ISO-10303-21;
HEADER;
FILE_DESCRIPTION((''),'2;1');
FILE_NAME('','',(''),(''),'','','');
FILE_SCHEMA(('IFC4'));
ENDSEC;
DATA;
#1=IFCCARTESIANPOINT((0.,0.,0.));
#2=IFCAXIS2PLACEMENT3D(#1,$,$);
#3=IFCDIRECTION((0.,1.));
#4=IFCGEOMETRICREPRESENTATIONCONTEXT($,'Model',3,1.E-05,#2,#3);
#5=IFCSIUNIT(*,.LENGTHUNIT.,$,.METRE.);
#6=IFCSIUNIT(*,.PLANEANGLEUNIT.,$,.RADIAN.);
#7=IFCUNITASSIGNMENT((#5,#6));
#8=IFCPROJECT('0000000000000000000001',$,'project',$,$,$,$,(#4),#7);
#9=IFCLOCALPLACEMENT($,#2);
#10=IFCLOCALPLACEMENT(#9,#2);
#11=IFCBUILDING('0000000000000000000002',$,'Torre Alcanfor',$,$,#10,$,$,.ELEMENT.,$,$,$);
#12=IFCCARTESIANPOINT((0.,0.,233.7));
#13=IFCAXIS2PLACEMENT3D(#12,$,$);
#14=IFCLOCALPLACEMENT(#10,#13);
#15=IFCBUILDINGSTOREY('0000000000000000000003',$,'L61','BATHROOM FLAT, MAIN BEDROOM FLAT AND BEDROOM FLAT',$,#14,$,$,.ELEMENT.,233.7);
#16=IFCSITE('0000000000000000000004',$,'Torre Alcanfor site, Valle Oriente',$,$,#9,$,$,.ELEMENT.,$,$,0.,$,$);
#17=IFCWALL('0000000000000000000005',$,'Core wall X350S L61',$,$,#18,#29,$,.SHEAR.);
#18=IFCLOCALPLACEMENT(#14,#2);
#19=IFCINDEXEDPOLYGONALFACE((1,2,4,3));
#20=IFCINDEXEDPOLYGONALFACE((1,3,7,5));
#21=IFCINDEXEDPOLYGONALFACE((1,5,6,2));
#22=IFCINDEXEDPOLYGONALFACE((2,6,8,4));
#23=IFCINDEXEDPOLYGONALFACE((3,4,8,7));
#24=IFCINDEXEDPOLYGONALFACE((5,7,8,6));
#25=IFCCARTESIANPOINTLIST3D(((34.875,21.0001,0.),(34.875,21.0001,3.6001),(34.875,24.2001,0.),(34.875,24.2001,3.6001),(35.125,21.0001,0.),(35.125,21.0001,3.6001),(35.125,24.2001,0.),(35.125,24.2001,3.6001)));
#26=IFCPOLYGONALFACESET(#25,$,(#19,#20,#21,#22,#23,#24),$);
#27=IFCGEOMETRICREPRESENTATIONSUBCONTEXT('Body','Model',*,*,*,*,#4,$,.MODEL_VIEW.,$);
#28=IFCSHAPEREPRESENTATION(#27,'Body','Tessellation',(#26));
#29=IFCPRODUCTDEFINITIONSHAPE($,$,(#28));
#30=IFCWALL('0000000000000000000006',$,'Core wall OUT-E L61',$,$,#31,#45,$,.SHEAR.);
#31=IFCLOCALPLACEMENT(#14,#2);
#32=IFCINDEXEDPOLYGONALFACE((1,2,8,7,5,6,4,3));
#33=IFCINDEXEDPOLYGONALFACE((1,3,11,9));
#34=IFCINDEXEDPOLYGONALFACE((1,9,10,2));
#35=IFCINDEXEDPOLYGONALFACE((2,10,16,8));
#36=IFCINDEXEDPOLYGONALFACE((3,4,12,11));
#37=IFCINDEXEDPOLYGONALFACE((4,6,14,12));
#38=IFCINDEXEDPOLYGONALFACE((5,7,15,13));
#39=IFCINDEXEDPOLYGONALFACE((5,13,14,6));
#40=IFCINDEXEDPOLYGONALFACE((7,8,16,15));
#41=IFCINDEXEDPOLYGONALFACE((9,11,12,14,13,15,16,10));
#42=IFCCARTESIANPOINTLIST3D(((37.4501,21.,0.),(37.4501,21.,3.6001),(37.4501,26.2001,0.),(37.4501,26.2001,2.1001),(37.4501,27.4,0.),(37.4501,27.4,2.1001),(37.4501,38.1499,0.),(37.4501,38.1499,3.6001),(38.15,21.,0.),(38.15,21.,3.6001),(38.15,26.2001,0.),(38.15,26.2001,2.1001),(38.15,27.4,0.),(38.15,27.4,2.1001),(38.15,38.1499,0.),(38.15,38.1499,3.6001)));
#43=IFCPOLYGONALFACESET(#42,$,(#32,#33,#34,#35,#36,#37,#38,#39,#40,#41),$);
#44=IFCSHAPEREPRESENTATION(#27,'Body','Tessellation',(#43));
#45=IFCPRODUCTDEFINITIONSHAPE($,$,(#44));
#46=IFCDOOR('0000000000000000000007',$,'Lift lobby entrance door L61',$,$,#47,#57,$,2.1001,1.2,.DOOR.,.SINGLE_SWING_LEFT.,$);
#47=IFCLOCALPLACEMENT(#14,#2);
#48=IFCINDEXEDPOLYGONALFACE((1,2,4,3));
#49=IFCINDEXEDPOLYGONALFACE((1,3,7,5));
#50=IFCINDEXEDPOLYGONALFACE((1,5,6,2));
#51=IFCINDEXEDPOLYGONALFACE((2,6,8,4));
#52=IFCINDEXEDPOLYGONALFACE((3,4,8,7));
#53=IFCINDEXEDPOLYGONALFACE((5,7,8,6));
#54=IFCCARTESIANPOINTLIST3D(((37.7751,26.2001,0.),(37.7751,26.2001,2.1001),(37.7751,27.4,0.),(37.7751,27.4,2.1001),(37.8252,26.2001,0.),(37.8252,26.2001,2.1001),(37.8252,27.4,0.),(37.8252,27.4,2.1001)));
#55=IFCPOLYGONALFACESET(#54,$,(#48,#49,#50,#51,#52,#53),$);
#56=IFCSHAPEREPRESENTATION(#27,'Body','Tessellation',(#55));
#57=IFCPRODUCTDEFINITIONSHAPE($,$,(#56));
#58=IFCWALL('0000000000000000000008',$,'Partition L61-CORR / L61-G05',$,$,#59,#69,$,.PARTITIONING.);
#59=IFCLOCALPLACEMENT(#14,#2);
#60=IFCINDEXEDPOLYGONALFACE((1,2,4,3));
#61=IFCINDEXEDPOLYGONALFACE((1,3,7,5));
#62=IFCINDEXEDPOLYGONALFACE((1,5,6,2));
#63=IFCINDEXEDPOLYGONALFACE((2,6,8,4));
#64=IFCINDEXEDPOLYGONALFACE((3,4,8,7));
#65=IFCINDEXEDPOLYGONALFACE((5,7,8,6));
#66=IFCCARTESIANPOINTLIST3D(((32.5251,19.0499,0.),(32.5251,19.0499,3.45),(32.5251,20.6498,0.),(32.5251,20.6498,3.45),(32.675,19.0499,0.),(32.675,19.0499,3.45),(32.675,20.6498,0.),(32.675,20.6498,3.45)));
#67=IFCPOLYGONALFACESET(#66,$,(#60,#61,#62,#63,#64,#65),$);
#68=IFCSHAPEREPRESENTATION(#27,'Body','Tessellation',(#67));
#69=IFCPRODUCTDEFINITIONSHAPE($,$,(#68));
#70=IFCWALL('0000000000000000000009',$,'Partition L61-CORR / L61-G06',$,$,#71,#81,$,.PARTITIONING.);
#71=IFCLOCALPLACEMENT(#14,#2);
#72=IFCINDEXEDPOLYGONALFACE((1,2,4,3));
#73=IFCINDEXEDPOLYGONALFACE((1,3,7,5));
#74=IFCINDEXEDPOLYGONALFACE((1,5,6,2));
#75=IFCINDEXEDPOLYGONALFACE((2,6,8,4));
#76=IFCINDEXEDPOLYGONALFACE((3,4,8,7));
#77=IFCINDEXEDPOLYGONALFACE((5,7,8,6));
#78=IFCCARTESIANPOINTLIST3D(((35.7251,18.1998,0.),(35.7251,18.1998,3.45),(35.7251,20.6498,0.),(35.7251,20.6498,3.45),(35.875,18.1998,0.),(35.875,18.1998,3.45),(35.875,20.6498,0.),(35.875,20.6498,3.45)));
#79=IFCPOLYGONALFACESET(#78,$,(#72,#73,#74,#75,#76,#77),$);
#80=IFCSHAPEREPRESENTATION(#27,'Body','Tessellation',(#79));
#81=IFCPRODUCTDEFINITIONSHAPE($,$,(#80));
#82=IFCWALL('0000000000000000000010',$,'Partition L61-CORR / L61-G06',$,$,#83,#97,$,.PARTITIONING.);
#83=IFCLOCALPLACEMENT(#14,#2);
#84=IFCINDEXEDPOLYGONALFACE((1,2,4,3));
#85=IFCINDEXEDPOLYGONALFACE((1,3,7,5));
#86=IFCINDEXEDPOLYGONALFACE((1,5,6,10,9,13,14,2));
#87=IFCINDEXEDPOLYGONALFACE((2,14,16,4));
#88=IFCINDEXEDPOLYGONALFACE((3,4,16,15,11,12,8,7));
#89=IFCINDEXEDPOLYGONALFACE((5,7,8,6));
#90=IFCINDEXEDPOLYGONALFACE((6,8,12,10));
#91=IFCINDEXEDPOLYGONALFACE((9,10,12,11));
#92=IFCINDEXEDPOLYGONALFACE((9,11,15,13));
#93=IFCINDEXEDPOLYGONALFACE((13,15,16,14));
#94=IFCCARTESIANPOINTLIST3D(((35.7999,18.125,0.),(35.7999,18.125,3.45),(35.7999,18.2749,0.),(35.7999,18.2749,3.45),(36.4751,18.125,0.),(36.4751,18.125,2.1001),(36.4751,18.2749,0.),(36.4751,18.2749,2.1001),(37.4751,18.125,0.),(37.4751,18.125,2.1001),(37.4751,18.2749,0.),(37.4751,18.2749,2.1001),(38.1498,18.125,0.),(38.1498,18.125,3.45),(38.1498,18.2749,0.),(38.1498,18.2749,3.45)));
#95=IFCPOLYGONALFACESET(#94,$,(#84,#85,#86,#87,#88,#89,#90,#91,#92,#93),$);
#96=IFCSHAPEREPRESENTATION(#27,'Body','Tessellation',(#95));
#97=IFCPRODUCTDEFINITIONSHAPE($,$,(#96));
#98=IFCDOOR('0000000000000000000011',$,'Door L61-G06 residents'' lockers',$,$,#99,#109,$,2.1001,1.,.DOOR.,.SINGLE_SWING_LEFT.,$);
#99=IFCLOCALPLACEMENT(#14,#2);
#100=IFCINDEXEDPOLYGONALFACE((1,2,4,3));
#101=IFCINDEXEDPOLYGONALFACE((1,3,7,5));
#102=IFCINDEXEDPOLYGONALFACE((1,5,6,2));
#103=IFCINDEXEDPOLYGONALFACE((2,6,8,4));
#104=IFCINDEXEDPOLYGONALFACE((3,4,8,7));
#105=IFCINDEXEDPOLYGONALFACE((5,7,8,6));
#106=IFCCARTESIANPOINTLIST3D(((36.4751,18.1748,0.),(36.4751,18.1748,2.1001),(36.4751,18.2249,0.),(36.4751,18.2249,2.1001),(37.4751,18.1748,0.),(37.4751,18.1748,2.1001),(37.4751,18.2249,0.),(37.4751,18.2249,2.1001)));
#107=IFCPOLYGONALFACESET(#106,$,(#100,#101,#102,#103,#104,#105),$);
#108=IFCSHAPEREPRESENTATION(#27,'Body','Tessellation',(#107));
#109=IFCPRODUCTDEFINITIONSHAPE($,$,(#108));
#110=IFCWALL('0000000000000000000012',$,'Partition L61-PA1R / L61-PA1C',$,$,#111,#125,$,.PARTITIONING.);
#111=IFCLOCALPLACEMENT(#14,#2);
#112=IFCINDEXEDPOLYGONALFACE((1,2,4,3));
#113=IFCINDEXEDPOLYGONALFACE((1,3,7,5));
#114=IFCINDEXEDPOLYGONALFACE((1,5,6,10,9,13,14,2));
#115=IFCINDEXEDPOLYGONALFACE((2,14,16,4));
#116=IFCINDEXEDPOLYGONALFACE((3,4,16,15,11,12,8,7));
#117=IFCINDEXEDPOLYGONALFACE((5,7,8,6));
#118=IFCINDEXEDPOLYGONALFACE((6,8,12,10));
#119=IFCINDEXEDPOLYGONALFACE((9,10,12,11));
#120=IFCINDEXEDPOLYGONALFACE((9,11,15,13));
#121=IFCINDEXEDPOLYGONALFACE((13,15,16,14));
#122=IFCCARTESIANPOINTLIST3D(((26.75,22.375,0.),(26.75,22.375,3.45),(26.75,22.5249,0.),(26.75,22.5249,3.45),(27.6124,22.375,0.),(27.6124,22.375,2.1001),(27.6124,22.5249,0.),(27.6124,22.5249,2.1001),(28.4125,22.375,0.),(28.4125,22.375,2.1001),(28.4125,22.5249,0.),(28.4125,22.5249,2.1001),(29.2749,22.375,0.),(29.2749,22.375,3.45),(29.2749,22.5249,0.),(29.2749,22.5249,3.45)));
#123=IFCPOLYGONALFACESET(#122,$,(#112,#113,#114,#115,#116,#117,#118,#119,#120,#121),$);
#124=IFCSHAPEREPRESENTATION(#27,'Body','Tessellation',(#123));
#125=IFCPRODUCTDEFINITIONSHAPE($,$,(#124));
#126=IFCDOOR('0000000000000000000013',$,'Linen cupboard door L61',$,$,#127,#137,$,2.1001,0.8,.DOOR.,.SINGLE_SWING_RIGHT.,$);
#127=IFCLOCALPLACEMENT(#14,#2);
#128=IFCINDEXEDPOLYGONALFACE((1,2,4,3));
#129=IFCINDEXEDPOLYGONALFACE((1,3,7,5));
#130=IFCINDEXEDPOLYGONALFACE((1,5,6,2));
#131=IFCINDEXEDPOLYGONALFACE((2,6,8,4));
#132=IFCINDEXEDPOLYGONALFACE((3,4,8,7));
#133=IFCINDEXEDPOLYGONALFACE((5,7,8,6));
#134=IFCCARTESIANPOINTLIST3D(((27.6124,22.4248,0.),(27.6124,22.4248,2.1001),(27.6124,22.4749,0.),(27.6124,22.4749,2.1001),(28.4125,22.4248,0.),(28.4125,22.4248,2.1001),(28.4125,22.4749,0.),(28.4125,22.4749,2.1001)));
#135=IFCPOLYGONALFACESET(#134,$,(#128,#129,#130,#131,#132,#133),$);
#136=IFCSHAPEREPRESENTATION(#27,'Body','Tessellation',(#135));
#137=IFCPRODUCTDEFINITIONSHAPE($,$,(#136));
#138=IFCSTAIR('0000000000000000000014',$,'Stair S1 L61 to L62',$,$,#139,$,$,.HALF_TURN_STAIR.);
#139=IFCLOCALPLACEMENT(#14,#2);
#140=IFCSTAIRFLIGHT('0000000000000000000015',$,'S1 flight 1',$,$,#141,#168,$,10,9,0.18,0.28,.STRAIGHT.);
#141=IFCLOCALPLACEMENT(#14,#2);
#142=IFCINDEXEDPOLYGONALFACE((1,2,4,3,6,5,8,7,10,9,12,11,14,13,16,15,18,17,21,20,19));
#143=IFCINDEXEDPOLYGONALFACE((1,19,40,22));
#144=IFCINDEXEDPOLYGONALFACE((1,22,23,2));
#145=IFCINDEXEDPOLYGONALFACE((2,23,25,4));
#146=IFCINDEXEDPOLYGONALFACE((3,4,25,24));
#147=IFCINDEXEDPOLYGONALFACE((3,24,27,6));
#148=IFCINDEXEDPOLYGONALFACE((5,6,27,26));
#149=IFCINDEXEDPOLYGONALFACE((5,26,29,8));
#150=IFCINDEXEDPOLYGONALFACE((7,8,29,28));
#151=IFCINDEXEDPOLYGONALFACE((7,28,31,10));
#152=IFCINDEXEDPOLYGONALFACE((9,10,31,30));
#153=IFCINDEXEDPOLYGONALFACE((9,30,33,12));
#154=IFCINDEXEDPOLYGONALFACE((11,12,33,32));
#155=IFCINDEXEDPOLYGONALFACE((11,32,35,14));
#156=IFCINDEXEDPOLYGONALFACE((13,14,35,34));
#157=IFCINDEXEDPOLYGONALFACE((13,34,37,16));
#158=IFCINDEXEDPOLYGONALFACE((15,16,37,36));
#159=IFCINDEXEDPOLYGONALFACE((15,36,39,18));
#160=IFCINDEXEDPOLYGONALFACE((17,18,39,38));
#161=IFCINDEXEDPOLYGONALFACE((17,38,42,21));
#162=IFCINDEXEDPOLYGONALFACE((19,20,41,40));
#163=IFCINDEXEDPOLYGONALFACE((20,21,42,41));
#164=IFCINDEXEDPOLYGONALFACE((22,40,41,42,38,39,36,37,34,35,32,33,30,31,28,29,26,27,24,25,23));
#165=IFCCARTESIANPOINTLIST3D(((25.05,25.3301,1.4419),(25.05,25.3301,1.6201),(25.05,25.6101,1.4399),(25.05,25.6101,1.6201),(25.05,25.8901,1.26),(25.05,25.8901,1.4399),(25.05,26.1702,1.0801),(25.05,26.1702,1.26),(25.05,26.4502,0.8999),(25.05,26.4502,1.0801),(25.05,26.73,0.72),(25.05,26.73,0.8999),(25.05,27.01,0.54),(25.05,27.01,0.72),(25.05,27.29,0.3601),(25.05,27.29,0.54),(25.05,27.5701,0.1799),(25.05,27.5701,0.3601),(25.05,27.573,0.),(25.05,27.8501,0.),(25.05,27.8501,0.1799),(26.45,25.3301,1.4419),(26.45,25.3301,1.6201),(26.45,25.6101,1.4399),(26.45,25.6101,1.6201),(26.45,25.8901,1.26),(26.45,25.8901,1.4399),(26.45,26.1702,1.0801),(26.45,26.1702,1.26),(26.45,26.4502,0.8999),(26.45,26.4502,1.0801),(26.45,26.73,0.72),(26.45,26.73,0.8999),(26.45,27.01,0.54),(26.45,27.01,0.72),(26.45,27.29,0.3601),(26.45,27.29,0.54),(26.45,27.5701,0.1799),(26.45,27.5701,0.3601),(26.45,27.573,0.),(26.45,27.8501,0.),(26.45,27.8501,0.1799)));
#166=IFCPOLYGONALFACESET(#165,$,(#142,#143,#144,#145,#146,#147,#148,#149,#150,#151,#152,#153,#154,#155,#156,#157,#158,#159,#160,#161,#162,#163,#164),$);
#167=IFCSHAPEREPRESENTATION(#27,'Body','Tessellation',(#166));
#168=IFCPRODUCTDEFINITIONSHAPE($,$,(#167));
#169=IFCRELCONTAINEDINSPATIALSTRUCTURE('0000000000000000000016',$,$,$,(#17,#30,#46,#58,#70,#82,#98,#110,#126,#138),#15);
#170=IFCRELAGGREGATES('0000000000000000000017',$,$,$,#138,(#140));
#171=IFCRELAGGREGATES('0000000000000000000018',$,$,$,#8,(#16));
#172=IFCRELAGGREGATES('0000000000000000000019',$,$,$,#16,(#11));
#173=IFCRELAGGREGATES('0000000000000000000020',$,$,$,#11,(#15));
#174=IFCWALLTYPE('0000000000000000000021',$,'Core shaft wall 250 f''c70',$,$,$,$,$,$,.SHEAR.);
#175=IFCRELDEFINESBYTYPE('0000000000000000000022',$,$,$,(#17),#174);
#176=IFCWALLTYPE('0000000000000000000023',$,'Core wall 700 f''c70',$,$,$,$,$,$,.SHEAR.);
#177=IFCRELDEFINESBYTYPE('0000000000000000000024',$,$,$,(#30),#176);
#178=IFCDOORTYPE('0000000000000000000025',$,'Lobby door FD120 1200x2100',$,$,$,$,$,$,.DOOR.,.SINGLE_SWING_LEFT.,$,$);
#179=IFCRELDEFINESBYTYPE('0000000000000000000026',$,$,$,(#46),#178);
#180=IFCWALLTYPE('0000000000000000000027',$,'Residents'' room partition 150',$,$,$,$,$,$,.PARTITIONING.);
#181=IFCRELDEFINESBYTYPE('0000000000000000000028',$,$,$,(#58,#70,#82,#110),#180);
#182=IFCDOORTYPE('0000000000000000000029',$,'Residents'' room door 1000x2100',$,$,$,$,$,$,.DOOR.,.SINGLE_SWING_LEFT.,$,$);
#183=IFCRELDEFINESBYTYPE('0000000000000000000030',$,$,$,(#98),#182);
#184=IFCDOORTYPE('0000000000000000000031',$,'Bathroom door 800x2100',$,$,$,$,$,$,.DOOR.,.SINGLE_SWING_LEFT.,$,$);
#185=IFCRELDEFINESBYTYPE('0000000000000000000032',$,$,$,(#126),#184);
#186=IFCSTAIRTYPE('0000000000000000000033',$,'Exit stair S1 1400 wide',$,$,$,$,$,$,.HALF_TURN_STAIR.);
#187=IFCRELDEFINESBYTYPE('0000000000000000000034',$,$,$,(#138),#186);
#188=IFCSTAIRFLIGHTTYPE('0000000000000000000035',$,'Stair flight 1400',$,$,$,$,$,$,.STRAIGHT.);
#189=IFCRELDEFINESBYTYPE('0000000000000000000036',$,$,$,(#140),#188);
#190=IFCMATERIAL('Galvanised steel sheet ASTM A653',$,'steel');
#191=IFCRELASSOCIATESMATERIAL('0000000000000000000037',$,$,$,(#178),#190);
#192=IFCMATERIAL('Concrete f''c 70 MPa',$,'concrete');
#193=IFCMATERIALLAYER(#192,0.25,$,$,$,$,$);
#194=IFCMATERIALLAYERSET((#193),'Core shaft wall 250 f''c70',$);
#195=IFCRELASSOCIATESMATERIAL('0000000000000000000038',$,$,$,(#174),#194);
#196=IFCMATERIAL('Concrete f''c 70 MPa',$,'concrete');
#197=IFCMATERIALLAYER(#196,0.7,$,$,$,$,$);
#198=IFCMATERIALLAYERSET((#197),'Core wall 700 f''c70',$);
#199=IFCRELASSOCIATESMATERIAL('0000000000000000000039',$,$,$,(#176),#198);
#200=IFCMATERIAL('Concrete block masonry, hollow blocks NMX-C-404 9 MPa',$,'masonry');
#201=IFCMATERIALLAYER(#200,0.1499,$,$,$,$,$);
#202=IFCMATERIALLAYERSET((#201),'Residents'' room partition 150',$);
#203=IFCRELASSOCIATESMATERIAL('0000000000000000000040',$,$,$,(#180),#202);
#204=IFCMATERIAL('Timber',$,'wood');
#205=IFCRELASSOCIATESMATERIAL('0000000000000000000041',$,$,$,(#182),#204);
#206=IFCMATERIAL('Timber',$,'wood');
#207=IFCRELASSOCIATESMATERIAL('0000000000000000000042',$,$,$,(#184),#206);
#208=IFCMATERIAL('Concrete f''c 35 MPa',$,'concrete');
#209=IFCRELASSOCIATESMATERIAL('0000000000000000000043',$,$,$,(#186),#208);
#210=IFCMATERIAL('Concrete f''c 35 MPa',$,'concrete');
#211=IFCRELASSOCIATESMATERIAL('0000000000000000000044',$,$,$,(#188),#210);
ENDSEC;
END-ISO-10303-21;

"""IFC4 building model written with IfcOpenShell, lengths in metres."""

from ifc_helpers import new_model, si_unit, direction, frame, frame_2d, origin, place, context, subcontext, project, spatial, polyline, rectangle, outline, extrude, material, layer, layer_set, type_object, element, fill, aggregate, save


model = new_model("IFC4")

# Units and contexts
model_context = context("Model", 3, precision=1e-05, world=origin(), true_north=direction((0.0, 1.0)))
body_context = subcontext(model_context, "Body", "Model", "MODEL_VIEW")
ifc_project = project(units=[si_unit("LENGTHUNIT", "METRE"), si_unit("PLANEANGLEUNIT", "RADIAN")], contexts=[model_context])

# Site, building, storey
site_placement = place(None, origin())
site = spatial("IfcSite", under=ifc_project, at=site_placement, Name="Torre Alcanfor site, Valle Oriente", CompositionType="ELEMENT", RefElevation=0.0)
building_placement = place(site_placement, origin())
building = spatial("IfcBuilding", under=site, at=building_placement, Name="Torre Alcanfor", CompositionType="ELEMENT")
storey_placement = place(building_placement, frame((0.0, 0.0, 233.7)))
storey = spatial("IfcBuildingStorey", under=building, at=storey_placement, Name="L61", Description="BATHROOM FLAT, MAIN BEDROOM FLAT AND BEDROOM FLAT", CompositionType="ELEMENT", Elevation=233.7)

# Shared definitions
ifc_material_1 = material(Name="Galvanised steel sheet ASTM A653", Category="steel")
door_type_1 = type_object("IfcDoorType", Name="Lobby door FD120 1200x2100", OperationType="SINGLE_SWING_LEFT", PredefinedType="DOOR", material=ifc_material_1)

# Wall
ifc_material_2 = material(Name="Concrete f'c 70 MPa", Category="concrete")
ifc_layer_1 = layer(ifc_material_2, 0.25)
ifc_layer_set_1 = layer_set([ifc_layer_1], Name="Core shaft wall 250 f'c70")
wall_type_1 = type_object("IfcWallType", Name="Core shaft wall 250 f'c70", PredefinedType="SHEAR", material=ifc_layer_set_1)
for number, where, z_axis, x_axis, name in (
    (1, (35.0, 21.0, 0.0), (0.0, 0.0, 1.0), (0.0, 1.0, 0.0), "Core wall X350S L61"),
):
    element("IfcWall", number, at=place(storey_placement, frame(where, z_axis=z_axis, x_axis=x_axis)), inside=storey, type_object=wall_type_1, Name=name, PredefinedType="SHEAR", context=body_context, shape_type="SweptSolid", body=[
        extrude(rectangle(XDim=3.2, YDim=0.25, at=frame_2d((1.6001, 0.0))), origin(), (0.0, 0.0, 1.0), 3.6001),
    ])

# Wall, opening, door
ifc_material_3 = material(Name="Concrete f'c 70 MPa", Category="concrete")
ifc_layer_2 = layer(ifc_material_3, 0.7)
ifc_layer_set_2 = layer_set([ifc_layer_2], Name="Core wall 700 f'c70")
wall_type_2 = type_object("IfcWallType", Name="Core wall 700 f'c70", PredefinedType="SHEAR", material=ifc_layer_set_2)
wall_1_placement = place(storey_placement, frame((37.8, 21.0, 0.0), z_axis=(0.0, 0.0, 1.0), x_axis=(0.0, 1.0, 0.0)))
wall_1 = element("IfcWall", 2, at=wall_1_placement, inside=storey, type_object=wall_type_2, Name="Core wall OUT-E L61", PredefinedType="SHEAR", context=body_context, shape_type="SweptSolid", body=[
    extrude(rectangle(XDim=17.1499, YDim=0.7, at=frame_2d((8.575, 0.0))), origin(), (0.0, 0.0, 1.0), 3.6001),
])
opening_1_placement = place(wall_1_placement, frame((5.2, 0.0, 0.0)))
opening_1 = element("IfcOpeningElement", 3, at=opening_1_placement, cuts=wall_1, PredefinedType="OPENING", context=body_context, shape_type="SweptSolid", body=[
    extrude(rectangle(XDim=1.2, YDim=2.1001, at=frame_2d((0.6001, 1.05))), frame((0.0, 0.3599, 0.0), z_axis=(0.0, -1.0, 0.0), x_axis=(1.0, 0.0, 0.0)), (0.0, 0.0, 1.0), 0.72),
])
door_1_placement = place(opening_1_placement, origin())
door_1 = element("IfcDoor", 4, at=door_1_placement, inside=storey, type_object=door_type_1, Name="Lift lobby entrance door L61", OperationType="SINGLE_SWING_LEFT", OverallHeight=2.1001, OverallWidth=1.2, PredefinedType="DOOR", context=body_context, shape_type="SweptSolid", body=[
    extrude(rectangle(XDim=1.2, YDim=2.1001, at=frame_2d((0.6001, 1.05))), frame((0.0, 0.0249, 0.0), z_axis=(0.0, -1.0, 0.0), x_axis=(1.0, 0.0, 0.0)), (0.0, 0.0, 1.0), 0.05),
])
fill(opening_1, door_1)

# Walls
ifc_material_4 = material(Name="Concrete block masonry, hollow blocks NMX-C-404 9 MPa", Category="masonry")
ifc_layer_3 = layer(ifc_material_4, 0.1499)
ifc_layer_set_3 = layer_set([ifc_layer_3], Name="Residents' room partition 150")
wall_type_3 = type_object("IfcWallType", Name="Residents' room partition 150", PredefinedType="PARTITIONING", material=ifc_layer_set_3)
wall_2_placement = place(storey_placement, frame((32.6001, 19.05, 0.0), z_axis=(0.0, 0.0, 1.0), x_axis=(0.0, 1.0, 0.0)))
element("IfcWall", 5, at=wall_2_placement, inside=storey, type_object=wall_type_3, Name="Partition L61-CORR / L61-G05", PredefinedType="PARTITIONING", context=body_context, shape_type="SweptSolid", body=[
    extrude(rectangle(XDim=1.5999, YDim=0.1499, at=frame_2d((0.7998, 0.0))), origin(), (0.0, 0.0, 1.0), 3.45),
])
wall_3_placement = place(storey_placement, frame((35.8, 20.6499, 0.0), z_axis=(0.0, 0.0, 1.0), x_axis=(0.0, -1.0, 0.0)))
element("IfcWall", 6, at=wall_3_placement, inside=storey, type_object=wall_type_3, Name="Partition L61-CORR / L61-G06", PredefinedType="PARTITIONING", context=body_context, shape_type="SweptSolid", body=[
    extrude(rectangle(XDim=2.45, YDim=0.1499, at=frame_2d((1.2251, 0.0))), origin(), (0.0, 0.0, 1.0), 3.45),
])

# Walls, openings, doors
wall_4_placement = place(storey_placement, frame((35.8, 18.2, 0.0), z_axis=(0.0, 0.0, 1.0), x_axis=(1.0, 0.0, 0.0)))
wall_4 = element("IfcWall", 7, at=wall_4_placement, inside=storey, type_object=wall_type_3, Name="Partition L61-CORR / L61-G06", PredefinedType="PARTITIONING", context=body_context, shape_type="SweptSolid", body=[
    extrude(rectangle(XDim=2.3499, YDim=0.1499, at=frame_2d((1.1748, 0.0))), origin(), (0.0, 0.0, 1.0), 3.45),
])
opening_2_placement = place(wall_4_placement, frame((0.675, 0.0, 0.0)))
opening_2 = element("IfcOpeningElement", 8, at=opening_2_placement, cuts=wall_4, PredefinedType="OPENING", context=body_context, shape_type="SweptSolid", body=[
    extrude(rectangle(XDim=1.0, YDim=2.1001, at=frame_2d((0.5, 1.05))), frame((0.0, 0.085, 0.0), z_axis=(0.0, -1.0, 0.0), x_axis=(1.0, 0.0, 0.0)), (0.0, 0.0, 1.0), 0.1699),
])
ifc_material_5 = material(Name="Timber", Category="wood")
door_type_2 = type_object("IfcDoorType", Name="Residents' room door 1000x2100", OperationType="SINGLE_SWING_LEFT", PredefinedType="DOOR", material=ifc_material_5)
door_2_placement = place(opening_2_placement, origin())
door_2 = element("IfcDoor", 9, at=door_2_placement, inside=storey, type_object=door_type_2, Name="Door L61-G06 residents' lockers", OperationType="SINGLE_SWING_LEFT", OverallHeight=2.1001, OverallWidth=1.0, PredefinedType="DOOR", context=body_context, shape_type="SweptSolid", body=[
    extrude(rectangle(XDim=1.0, YDim=2.1001, at=frame_2d((0.5, 1.05))), frame((0.0, 0.0249, 0.0), z_axis=(0.0, -1.0, 0.0), x_axis=(1.0, 0.0, 0.0)), (0.0, 0.0, 1.0), 0.05),
])
fill(opening_2, door_2)
wall_5_placement = place(storey_placement, frame((26.75, 22.45, 0.0), z_axis=(0.0, 0.0, 1.0), x_axis=(1.0, 0.0, 0.0)))
wall_5 = element("IfcWall", 10, at=wall_5_placement, inside=storey, type_object=wall_type_3, Name="Partition L61-PA1R / L61-PA1C", PredefinedType="PARTITIONING", context=body_context, shape_type="SweptSolid", body=[
    extrude(rectangle(XDim=2.5249, YDim=0.1499, at=frame_2d((1.2625, 0.0))), origin(), (0.0, 0.0, 1.0), 3.45),
])
opening_3_placement = place(wall_5_placement, frame((0.8625, 0.0, 0.0)))
opening_3 = element("IfcOpeningElement", 11, at=opening_3_placement, cuts=wall_5, PredefinedType="OPENING", context=body_context, shape_type="SweptSolid", body=[
    extrude(rectangle(XDim=0.8, YDim=2.1001, at=frame_2d((0.3999, 1.05))), frame((0.0, 0.085, 0.0), z_axis=(0.0, -1.0, 0.0), x_axis=(1.0, 0.0, 0.0)), (0.0, 0.0, 1.0), 0.1699),
])
ifc_material_6 = material(Name="Timber", Category="wood")
door_type_3 = type_object("IfcDoorType", Name="Bathroom door 800x2100", OperationType="SINGLE_SWING_LEFT", PredefinedType="DOOR", material=ifc_material_6)
door_3_placement = place(opening_3_placement, frame((0.8, 0.0, 0.0), z_axis=(0.0, 0.0, 1.0), x_axis=(-1.0, 0.0, 0.0)))
door_3 = element("IfcDoor", 12, at=door_3_placement, inside=storey, type_object=door_type_3, Name="Linen cupboard door L61", OperationType="SINGLE_SWING_RIGHT", OverallHeight=2.1001, OverallWidth=0.8, PredefinedType="DOOR", context=body_context, shape_type="SweptSolid", body=[
    extrude(rectangle(XDim=0.8, YDim=2.1001, at=frame_2d((0.4001, 1.05))), frame((0.0, 0.0251, 0.0), z_axis=(0.0, -1.0, 0.0), x_axis=(1.0, 0.0, 0.0)), (0.0, 0.0, 1.0), 0.05),
])
fill(opening_3, door_3)

# Stair, stair flight
ifc_material_7 = material(Name="Concrete f'c 35 MPa", Category="concrete")
stair_type = type_object("IfcStairType", Name="Exit stair S1 1400 wide", PredefinedType="HALF_TURN_STAIR", material=ifc_material_7)
stair_placement = place(storey_placement, origin())
stair = element("IfcStair", 13, at=stair_placement, inside=storey, type_object=stair_type, Name="Stair S1 L61 to L62", PredefinedType="HALF_TURN_STAIR")
ifc_material_8 = material(Name="Concrete f'c 35 MPa", Category="concrete")
stair_flight_type = type_object("IfcStairFlightType", Name="Stair flight 1400", PredefinedType="STRAIGHT", material=ifc_material_8)
stair_flight_placement = place(storey_placement, frame((25.75, 27.8501, 0.0), z_axis=(0.0, 0.0, 1.0), x_axis=(0.0, -1.0, 0.0)))
stair_flight = element("IfcStairFlight", 14, at=stair_flight_placement, type_object=stair_flight_type, Name="S1 flight 1", NumberOfRisers=10, NumberOfTreads=9, PredefinedType="STRAIGHT", RiserHeight=0.18, TreadLength=0.28, context=body_context, shape_type="SweptSolid", body=[
    extrude(outline(polyline([(0.0, 0.0), (0.0, 0.1799), (0.28, 0.1799), (0.28, 0.3601), (0.5601, 0.3601), (0.5601, 0.54), (0.8401, 0.54), (0.8401, 0.72), (1.1201, 0.72), (1.1201, 0.8999), (1.3999, 0.8999), (1.3999, 1.0801), (1.6799, 1.0801), (1.6799, 1.26), (1.96, 1.26), (1.96, 1.4399), (2.24, 1.4399), (2.24, 1.6201), (2.52, 1.6201), (2.52, 1.8), (2.52, 1.4419), (0.2771, 0.0), (0.0, 0.0)])), frame((0.0, 0.7, 0.0), z_axis=(0.0, -1.0, 0.0), x_axis=(1.0, 0.0, 0.0)), (0.0, 0.0, 1.0), 1.3999),
])
aggregate(stair, [stair_flight])

save(model, "model.ifc")
